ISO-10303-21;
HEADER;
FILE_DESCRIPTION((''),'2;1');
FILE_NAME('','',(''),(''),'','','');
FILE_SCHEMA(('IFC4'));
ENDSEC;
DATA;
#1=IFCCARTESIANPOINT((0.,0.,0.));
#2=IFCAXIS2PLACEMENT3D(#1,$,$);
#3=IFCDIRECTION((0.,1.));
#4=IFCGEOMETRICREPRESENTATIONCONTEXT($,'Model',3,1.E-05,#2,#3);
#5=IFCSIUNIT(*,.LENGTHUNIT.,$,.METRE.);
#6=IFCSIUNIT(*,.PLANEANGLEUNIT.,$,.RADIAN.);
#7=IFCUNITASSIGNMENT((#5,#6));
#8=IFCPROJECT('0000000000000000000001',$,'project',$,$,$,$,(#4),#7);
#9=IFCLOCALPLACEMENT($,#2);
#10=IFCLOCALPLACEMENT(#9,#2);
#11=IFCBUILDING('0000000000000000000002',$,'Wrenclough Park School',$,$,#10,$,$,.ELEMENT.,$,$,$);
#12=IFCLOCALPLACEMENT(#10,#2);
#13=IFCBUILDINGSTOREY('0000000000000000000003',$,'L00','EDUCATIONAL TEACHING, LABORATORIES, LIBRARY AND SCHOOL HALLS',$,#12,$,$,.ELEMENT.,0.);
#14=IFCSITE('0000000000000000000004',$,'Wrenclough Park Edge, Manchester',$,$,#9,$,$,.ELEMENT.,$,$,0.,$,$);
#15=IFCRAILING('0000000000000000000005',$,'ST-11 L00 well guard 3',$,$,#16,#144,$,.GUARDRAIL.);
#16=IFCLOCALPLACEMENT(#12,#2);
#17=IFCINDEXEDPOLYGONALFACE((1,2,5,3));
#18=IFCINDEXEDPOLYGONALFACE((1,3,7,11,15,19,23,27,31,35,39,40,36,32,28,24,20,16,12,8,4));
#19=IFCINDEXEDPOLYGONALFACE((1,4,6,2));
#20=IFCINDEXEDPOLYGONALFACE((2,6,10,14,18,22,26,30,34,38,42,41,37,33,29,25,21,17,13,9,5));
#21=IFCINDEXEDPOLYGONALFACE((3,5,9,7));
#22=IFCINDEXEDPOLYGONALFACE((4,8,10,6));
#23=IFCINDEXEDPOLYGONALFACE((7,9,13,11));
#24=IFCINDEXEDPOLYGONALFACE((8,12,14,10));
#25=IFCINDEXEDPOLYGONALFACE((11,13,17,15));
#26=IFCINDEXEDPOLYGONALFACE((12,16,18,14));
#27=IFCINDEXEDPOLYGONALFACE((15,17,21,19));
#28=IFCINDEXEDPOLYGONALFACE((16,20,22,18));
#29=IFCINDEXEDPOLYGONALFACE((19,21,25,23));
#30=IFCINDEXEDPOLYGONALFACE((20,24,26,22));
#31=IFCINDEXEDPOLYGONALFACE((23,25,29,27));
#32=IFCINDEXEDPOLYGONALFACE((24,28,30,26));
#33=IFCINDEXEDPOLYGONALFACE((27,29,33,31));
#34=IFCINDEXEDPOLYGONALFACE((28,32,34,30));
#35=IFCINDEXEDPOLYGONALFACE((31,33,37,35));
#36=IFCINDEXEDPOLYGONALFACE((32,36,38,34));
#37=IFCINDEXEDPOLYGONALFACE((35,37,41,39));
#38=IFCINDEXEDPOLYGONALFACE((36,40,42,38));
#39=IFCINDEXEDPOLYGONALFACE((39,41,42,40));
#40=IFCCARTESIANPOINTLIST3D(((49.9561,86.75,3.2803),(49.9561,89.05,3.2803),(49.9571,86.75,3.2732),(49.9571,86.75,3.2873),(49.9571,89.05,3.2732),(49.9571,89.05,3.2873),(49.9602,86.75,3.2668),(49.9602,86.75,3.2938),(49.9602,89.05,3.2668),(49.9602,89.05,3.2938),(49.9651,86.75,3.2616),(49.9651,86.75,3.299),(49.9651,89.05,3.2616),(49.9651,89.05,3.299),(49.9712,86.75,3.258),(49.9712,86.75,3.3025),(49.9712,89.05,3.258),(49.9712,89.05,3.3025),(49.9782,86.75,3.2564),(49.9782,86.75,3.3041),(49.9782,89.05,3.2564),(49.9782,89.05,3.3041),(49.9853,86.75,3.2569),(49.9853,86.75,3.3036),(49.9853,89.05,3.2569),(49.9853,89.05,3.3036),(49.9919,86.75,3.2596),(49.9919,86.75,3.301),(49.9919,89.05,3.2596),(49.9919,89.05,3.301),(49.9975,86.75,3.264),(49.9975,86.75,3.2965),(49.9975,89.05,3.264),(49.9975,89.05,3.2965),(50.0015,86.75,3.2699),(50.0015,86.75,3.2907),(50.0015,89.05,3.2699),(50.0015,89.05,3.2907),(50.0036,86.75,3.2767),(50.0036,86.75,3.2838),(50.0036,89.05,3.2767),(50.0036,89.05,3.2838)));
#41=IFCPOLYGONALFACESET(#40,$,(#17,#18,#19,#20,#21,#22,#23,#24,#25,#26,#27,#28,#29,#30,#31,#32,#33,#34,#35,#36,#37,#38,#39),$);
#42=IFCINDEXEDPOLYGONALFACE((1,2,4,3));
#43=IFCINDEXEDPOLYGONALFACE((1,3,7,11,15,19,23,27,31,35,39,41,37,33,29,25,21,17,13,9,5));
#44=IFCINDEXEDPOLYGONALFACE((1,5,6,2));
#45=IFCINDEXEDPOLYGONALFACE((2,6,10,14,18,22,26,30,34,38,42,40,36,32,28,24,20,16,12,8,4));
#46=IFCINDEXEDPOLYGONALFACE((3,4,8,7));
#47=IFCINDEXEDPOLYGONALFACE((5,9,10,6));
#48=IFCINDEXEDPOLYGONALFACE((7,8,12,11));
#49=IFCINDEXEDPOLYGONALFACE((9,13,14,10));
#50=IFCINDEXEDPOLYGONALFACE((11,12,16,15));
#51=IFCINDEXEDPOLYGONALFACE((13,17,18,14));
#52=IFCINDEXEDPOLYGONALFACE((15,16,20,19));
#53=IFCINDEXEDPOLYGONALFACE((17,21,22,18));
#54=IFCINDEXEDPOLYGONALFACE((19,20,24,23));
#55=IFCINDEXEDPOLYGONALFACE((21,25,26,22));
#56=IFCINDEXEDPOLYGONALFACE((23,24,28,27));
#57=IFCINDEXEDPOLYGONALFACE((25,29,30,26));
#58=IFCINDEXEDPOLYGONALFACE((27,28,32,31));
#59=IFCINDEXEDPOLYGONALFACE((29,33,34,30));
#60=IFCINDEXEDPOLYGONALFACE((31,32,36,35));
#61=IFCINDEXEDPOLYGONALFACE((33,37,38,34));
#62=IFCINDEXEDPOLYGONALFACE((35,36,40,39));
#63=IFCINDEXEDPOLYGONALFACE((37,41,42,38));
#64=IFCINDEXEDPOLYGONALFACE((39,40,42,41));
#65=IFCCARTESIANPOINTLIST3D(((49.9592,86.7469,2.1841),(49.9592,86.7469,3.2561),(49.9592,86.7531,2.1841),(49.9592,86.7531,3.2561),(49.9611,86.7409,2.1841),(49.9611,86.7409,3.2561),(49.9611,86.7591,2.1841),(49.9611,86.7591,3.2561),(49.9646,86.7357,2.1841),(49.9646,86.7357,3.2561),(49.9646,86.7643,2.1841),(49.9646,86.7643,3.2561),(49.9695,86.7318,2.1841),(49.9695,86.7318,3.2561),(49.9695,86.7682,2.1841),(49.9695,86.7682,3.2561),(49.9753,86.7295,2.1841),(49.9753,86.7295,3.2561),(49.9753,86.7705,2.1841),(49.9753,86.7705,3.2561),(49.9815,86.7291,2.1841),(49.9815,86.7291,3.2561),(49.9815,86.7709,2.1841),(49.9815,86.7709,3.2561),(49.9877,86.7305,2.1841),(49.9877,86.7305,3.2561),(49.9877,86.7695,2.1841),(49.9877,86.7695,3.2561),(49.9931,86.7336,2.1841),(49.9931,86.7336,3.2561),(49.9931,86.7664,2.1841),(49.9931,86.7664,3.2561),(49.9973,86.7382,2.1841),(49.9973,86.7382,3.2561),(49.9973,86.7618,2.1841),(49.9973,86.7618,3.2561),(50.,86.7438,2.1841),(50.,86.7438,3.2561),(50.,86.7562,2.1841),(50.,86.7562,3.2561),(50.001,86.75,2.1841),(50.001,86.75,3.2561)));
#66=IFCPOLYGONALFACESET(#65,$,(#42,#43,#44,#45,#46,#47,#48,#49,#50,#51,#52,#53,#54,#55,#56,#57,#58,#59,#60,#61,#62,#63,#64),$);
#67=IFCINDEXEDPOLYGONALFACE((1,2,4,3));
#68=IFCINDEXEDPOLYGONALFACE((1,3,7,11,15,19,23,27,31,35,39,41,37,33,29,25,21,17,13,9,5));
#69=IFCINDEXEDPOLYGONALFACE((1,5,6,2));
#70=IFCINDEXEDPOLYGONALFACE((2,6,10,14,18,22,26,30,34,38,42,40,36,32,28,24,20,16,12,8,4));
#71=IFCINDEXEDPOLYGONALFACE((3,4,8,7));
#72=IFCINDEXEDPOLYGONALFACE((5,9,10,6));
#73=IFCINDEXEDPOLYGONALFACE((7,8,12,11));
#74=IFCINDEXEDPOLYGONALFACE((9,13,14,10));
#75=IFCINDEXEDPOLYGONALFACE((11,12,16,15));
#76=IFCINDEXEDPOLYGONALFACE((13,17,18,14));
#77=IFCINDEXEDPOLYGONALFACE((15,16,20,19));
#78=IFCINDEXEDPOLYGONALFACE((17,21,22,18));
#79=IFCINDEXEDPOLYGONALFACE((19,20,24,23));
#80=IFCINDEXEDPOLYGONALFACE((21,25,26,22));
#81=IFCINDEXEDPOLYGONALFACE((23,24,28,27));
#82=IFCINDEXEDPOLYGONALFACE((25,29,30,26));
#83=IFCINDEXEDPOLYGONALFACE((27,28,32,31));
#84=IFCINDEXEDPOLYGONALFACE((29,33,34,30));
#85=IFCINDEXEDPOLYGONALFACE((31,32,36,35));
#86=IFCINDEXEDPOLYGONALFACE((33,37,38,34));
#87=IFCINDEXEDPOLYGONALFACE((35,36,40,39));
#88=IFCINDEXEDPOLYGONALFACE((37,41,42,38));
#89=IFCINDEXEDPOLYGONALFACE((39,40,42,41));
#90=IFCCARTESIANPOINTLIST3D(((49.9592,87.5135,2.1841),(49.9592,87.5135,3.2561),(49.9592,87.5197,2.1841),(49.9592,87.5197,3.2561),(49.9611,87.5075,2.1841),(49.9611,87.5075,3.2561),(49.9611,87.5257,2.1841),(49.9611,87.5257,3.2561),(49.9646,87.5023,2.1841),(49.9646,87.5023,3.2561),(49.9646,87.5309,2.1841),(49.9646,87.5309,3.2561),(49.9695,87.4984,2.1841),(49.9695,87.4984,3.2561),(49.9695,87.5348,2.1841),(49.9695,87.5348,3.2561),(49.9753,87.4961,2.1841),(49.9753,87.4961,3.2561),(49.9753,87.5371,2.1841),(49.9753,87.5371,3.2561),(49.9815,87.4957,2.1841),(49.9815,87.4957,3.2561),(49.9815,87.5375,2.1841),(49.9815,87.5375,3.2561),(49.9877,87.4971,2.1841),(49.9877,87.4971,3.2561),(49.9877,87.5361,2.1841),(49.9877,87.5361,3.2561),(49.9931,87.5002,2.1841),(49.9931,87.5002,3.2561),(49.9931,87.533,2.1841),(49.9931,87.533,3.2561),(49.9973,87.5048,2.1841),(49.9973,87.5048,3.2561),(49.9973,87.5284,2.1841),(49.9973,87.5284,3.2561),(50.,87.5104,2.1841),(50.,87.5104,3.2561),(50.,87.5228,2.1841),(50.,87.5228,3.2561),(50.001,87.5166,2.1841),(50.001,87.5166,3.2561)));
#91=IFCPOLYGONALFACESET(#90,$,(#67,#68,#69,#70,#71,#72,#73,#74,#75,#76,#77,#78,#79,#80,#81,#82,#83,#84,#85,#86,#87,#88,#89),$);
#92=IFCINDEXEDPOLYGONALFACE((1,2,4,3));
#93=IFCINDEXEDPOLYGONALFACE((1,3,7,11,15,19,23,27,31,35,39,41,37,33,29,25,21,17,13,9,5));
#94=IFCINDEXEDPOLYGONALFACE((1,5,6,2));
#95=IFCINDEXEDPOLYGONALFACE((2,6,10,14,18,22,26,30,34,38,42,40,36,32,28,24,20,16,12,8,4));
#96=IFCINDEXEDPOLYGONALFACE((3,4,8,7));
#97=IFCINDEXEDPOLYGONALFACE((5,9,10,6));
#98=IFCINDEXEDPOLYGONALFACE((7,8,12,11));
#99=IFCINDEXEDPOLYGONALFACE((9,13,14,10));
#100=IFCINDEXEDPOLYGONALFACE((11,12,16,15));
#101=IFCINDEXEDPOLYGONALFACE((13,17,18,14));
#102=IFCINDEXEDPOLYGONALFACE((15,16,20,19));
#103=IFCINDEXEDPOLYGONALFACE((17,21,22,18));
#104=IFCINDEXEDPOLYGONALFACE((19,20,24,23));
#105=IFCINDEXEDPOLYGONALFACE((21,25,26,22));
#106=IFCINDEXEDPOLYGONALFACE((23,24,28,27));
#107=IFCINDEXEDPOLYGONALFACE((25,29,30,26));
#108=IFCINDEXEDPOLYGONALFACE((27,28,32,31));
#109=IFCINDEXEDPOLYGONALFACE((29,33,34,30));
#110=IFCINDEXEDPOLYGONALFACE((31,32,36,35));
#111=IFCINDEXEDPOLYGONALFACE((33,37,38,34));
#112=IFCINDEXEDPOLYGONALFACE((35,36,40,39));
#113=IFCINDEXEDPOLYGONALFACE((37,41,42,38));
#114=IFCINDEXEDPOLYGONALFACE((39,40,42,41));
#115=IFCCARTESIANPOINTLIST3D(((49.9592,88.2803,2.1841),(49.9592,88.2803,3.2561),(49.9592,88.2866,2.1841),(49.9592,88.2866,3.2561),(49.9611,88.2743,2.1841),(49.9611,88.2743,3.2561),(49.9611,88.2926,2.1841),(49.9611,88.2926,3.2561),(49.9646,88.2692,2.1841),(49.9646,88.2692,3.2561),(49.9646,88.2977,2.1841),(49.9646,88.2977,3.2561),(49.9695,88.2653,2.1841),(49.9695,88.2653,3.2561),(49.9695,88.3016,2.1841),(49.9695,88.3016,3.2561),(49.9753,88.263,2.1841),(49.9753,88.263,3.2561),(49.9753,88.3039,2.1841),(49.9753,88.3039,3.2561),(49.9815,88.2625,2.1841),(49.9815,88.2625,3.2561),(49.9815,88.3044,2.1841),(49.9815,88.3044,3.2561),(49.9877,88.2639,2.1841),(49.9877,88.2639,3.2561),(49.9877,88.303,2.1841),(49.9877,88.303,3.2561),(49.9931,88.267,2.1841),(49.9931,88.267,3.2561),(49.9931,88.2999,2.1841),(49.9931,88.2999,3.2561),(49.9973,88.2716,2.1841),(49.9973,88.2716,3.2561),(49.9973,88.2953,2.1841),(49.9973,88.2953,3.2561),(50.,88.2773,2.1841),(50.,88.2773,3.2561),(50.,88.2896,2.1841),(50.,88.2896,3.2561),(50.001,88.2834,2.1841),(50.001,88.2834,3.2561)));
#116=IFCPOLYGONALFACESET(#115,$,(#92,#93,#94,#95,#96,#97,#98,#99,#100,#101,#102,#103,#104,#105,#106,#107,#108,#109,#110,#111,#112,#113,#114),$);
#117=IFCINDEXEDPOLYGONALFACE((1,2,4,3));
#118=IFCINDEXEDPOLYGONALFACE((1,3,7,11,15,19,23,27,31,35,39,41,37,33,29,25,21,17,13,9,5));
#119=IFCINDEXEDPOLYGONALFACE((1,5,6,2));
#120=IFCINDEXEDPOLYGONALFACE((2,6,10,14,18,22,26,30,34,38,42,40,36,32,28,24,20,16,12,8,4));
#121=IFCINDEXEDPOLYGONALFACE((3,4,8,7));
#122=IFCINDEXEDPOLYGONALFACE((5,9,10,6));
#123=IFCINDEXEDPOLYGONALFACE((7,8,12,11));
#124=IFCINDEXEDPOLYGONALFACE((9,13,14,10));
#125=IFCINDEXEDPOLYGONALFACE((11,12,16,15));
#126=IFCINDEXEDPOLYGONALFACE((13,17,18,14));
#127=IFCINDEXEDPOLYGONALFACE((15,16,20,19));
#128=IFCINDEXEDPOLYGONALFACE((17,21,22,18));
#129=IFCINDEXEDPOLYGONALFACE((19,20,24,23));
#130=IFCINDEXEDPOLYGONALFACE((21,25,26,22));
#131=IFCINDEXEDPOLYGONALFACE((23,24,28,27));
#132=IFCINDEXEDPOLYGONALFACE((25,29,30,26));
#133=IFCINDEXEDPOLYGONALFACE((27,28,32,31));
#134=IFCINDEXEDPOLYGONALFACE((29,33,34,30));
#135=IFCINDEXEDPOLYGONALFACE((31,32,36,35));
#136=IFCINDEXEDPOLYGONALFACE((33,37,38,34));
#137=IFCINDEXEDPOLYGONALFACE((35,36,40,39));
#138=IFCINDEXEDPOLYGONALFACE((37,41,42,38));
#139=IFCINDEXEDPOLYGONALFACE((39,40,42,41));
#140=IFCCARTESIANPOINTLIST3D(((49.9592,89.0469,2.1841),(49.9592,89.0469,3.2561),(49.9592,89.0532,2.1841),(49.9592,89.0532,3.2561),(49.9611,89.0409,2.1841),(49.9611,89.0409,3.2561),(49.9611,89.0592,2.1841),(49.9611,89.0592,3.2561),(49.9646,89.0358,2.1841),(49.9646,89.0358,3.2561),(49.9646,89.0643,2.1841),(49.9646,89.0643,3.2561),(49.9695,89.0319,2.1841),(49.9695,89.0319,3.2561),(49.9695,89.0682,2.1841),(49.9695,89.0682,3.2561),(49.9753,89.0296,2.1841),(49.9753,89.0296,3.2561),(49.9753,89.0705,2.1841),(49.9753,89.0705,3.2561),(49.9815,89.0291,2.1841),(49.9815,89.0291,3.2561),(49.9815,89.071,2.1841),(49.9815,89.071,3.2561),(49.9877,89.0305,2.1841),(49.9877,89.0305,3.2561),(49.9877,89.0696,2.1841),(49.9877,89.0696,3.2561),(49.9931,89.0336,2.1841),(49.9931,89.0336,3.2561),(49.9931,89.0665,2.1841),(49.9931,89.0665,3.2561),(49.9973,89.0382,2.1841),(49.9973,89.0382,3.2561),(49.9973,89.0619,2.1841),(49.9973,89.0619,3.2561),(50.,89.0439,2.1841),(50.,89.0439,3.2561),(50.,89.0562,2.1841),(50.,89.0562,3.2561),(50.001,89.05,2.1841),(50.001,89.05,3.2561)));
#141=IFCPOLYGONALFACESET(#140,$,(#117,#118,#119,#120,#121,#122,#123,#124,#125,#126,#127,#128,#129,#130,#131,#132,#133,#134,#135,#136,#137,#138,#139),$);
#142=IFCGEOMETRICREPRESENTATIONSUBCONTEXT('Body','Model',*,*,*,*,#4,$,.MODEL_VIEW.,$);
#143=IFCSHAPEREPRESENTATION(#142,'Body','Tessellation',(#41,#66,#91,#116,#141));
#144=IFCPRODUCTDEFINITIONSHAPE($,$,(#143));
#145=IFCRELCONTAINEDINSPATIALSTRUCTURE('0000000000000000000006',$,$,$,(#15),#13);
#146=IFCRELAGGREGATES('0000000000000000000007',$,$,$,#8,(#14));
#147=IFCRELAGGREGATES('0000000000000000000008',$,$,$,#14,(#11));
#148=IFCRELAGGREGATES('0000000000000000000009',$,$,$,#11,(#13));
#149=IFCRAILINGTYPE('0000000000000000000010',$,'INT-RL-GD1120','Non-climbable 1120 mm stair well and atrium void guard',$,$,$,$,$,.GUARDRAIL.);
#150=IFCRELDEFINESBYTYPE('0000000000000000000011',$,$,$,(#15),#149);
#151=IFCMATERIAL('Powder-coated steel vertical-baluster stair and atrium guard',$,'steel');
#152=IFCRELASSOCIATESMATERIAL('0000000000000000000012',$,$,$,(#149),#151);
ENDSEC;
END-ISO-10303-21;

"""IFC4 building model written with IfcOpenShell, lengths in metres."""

from ifc_helpers import new_model, si_unit, direction, frame, origin, origin_2d, place, context, subcontext, project, spatial, circle, extrude, material, type_object, element, save


model = new_model("IFC4")

# Units and contexts
model_context = context("Model", 3, precision=1e-05, world=origin(), true_north=direction((0.0, 1.0)))
body_context = subcontext(model_context, "Body", "Model", "MODEL_VIEW")
ifc_project = project(units=[si_unit("LENGTHUNIT", "METRE"), si_unit("PLANEANGLEUNIT", "RADIAN")], contexts=[model_context])

# Site, building, storey
site_placement = place(None, origin())
site = spatial("IfcSite", under=ifc_project, at=site_placement, Name="Wrenclough Park Edge, Manchester", CompositionType="ELEMENT", RefElevation=0.0)
building_placement = place(site_placement, origin())
building = spatial("IfcBuilding", under=site, at=building_placement, Name="Wrenclough Park School", CompositionType="ELEMENT")
storey_placement = place(building_placement, origin())
storey = spatial("IfcBuildingStorey", under=building, at=storey_placement, Name="L00", Description="EDUCATIONAL TEACHING, LABORATORIES, LIBRARY AND SCHOOL HALLS", CompositionType="ELEMENT", Elevation=0.0)

# Railing
ifc_material_1 = material(Name="Powder-coated steel vertical-baluster stair and atrium guard", Category="steel")
railing_type_1 = type_object("IfcRailingType", Name="INT-RL-GD1120", Description="Non-climbable 1120 mm stair well and atrium void guard", PredefinedType="GUARDRAIL", material=ifc_material_1)
railing_1_placement = place(storey_placement, frame((49.98, 86.75, 2.1841)))
element("IfcRailing", 1, at=railing_1_placement, inside=storey, type_object=railing_type_1, Name="ST-11 L00 well guard 3", PredefinedType="GUARDRAIL", context=body_context, shape_type="SweptSolid", body=[
    extrude(circle(Radius=0.0239, at=origin_2d()), frame((0.0, 0.0, 1.0962), z_axis=(0.0, 1.0, 0.0), x_axis=(-1.0, 0.0, 0.0)), (0.0, 0.0, 1.0), 2.3),
    extrude(circle(Radius=0.021, at=origin_2d()), origin(), (0.0, 0.0, 1.0), 1.072),
    extrude(circle(Radius=0.021, at=origin_2d()), frame((0.0, 0.7666, 0.0)), (0.0, 0.0, 1.0), 1.072),
    extrude(circle(Radius=0.021, at=origin_2d()), frame((0.0, 1.5334, 0.0)), (0.0, 0.0, 1.0), 1.072),
    extrude(circle(Radius=0.021, at=origin_2d()), frame((0.0, 2.3, 0.0)), (0.0, 0.0, 1.0), 1.072),
])

save(model, "model.ifc")
